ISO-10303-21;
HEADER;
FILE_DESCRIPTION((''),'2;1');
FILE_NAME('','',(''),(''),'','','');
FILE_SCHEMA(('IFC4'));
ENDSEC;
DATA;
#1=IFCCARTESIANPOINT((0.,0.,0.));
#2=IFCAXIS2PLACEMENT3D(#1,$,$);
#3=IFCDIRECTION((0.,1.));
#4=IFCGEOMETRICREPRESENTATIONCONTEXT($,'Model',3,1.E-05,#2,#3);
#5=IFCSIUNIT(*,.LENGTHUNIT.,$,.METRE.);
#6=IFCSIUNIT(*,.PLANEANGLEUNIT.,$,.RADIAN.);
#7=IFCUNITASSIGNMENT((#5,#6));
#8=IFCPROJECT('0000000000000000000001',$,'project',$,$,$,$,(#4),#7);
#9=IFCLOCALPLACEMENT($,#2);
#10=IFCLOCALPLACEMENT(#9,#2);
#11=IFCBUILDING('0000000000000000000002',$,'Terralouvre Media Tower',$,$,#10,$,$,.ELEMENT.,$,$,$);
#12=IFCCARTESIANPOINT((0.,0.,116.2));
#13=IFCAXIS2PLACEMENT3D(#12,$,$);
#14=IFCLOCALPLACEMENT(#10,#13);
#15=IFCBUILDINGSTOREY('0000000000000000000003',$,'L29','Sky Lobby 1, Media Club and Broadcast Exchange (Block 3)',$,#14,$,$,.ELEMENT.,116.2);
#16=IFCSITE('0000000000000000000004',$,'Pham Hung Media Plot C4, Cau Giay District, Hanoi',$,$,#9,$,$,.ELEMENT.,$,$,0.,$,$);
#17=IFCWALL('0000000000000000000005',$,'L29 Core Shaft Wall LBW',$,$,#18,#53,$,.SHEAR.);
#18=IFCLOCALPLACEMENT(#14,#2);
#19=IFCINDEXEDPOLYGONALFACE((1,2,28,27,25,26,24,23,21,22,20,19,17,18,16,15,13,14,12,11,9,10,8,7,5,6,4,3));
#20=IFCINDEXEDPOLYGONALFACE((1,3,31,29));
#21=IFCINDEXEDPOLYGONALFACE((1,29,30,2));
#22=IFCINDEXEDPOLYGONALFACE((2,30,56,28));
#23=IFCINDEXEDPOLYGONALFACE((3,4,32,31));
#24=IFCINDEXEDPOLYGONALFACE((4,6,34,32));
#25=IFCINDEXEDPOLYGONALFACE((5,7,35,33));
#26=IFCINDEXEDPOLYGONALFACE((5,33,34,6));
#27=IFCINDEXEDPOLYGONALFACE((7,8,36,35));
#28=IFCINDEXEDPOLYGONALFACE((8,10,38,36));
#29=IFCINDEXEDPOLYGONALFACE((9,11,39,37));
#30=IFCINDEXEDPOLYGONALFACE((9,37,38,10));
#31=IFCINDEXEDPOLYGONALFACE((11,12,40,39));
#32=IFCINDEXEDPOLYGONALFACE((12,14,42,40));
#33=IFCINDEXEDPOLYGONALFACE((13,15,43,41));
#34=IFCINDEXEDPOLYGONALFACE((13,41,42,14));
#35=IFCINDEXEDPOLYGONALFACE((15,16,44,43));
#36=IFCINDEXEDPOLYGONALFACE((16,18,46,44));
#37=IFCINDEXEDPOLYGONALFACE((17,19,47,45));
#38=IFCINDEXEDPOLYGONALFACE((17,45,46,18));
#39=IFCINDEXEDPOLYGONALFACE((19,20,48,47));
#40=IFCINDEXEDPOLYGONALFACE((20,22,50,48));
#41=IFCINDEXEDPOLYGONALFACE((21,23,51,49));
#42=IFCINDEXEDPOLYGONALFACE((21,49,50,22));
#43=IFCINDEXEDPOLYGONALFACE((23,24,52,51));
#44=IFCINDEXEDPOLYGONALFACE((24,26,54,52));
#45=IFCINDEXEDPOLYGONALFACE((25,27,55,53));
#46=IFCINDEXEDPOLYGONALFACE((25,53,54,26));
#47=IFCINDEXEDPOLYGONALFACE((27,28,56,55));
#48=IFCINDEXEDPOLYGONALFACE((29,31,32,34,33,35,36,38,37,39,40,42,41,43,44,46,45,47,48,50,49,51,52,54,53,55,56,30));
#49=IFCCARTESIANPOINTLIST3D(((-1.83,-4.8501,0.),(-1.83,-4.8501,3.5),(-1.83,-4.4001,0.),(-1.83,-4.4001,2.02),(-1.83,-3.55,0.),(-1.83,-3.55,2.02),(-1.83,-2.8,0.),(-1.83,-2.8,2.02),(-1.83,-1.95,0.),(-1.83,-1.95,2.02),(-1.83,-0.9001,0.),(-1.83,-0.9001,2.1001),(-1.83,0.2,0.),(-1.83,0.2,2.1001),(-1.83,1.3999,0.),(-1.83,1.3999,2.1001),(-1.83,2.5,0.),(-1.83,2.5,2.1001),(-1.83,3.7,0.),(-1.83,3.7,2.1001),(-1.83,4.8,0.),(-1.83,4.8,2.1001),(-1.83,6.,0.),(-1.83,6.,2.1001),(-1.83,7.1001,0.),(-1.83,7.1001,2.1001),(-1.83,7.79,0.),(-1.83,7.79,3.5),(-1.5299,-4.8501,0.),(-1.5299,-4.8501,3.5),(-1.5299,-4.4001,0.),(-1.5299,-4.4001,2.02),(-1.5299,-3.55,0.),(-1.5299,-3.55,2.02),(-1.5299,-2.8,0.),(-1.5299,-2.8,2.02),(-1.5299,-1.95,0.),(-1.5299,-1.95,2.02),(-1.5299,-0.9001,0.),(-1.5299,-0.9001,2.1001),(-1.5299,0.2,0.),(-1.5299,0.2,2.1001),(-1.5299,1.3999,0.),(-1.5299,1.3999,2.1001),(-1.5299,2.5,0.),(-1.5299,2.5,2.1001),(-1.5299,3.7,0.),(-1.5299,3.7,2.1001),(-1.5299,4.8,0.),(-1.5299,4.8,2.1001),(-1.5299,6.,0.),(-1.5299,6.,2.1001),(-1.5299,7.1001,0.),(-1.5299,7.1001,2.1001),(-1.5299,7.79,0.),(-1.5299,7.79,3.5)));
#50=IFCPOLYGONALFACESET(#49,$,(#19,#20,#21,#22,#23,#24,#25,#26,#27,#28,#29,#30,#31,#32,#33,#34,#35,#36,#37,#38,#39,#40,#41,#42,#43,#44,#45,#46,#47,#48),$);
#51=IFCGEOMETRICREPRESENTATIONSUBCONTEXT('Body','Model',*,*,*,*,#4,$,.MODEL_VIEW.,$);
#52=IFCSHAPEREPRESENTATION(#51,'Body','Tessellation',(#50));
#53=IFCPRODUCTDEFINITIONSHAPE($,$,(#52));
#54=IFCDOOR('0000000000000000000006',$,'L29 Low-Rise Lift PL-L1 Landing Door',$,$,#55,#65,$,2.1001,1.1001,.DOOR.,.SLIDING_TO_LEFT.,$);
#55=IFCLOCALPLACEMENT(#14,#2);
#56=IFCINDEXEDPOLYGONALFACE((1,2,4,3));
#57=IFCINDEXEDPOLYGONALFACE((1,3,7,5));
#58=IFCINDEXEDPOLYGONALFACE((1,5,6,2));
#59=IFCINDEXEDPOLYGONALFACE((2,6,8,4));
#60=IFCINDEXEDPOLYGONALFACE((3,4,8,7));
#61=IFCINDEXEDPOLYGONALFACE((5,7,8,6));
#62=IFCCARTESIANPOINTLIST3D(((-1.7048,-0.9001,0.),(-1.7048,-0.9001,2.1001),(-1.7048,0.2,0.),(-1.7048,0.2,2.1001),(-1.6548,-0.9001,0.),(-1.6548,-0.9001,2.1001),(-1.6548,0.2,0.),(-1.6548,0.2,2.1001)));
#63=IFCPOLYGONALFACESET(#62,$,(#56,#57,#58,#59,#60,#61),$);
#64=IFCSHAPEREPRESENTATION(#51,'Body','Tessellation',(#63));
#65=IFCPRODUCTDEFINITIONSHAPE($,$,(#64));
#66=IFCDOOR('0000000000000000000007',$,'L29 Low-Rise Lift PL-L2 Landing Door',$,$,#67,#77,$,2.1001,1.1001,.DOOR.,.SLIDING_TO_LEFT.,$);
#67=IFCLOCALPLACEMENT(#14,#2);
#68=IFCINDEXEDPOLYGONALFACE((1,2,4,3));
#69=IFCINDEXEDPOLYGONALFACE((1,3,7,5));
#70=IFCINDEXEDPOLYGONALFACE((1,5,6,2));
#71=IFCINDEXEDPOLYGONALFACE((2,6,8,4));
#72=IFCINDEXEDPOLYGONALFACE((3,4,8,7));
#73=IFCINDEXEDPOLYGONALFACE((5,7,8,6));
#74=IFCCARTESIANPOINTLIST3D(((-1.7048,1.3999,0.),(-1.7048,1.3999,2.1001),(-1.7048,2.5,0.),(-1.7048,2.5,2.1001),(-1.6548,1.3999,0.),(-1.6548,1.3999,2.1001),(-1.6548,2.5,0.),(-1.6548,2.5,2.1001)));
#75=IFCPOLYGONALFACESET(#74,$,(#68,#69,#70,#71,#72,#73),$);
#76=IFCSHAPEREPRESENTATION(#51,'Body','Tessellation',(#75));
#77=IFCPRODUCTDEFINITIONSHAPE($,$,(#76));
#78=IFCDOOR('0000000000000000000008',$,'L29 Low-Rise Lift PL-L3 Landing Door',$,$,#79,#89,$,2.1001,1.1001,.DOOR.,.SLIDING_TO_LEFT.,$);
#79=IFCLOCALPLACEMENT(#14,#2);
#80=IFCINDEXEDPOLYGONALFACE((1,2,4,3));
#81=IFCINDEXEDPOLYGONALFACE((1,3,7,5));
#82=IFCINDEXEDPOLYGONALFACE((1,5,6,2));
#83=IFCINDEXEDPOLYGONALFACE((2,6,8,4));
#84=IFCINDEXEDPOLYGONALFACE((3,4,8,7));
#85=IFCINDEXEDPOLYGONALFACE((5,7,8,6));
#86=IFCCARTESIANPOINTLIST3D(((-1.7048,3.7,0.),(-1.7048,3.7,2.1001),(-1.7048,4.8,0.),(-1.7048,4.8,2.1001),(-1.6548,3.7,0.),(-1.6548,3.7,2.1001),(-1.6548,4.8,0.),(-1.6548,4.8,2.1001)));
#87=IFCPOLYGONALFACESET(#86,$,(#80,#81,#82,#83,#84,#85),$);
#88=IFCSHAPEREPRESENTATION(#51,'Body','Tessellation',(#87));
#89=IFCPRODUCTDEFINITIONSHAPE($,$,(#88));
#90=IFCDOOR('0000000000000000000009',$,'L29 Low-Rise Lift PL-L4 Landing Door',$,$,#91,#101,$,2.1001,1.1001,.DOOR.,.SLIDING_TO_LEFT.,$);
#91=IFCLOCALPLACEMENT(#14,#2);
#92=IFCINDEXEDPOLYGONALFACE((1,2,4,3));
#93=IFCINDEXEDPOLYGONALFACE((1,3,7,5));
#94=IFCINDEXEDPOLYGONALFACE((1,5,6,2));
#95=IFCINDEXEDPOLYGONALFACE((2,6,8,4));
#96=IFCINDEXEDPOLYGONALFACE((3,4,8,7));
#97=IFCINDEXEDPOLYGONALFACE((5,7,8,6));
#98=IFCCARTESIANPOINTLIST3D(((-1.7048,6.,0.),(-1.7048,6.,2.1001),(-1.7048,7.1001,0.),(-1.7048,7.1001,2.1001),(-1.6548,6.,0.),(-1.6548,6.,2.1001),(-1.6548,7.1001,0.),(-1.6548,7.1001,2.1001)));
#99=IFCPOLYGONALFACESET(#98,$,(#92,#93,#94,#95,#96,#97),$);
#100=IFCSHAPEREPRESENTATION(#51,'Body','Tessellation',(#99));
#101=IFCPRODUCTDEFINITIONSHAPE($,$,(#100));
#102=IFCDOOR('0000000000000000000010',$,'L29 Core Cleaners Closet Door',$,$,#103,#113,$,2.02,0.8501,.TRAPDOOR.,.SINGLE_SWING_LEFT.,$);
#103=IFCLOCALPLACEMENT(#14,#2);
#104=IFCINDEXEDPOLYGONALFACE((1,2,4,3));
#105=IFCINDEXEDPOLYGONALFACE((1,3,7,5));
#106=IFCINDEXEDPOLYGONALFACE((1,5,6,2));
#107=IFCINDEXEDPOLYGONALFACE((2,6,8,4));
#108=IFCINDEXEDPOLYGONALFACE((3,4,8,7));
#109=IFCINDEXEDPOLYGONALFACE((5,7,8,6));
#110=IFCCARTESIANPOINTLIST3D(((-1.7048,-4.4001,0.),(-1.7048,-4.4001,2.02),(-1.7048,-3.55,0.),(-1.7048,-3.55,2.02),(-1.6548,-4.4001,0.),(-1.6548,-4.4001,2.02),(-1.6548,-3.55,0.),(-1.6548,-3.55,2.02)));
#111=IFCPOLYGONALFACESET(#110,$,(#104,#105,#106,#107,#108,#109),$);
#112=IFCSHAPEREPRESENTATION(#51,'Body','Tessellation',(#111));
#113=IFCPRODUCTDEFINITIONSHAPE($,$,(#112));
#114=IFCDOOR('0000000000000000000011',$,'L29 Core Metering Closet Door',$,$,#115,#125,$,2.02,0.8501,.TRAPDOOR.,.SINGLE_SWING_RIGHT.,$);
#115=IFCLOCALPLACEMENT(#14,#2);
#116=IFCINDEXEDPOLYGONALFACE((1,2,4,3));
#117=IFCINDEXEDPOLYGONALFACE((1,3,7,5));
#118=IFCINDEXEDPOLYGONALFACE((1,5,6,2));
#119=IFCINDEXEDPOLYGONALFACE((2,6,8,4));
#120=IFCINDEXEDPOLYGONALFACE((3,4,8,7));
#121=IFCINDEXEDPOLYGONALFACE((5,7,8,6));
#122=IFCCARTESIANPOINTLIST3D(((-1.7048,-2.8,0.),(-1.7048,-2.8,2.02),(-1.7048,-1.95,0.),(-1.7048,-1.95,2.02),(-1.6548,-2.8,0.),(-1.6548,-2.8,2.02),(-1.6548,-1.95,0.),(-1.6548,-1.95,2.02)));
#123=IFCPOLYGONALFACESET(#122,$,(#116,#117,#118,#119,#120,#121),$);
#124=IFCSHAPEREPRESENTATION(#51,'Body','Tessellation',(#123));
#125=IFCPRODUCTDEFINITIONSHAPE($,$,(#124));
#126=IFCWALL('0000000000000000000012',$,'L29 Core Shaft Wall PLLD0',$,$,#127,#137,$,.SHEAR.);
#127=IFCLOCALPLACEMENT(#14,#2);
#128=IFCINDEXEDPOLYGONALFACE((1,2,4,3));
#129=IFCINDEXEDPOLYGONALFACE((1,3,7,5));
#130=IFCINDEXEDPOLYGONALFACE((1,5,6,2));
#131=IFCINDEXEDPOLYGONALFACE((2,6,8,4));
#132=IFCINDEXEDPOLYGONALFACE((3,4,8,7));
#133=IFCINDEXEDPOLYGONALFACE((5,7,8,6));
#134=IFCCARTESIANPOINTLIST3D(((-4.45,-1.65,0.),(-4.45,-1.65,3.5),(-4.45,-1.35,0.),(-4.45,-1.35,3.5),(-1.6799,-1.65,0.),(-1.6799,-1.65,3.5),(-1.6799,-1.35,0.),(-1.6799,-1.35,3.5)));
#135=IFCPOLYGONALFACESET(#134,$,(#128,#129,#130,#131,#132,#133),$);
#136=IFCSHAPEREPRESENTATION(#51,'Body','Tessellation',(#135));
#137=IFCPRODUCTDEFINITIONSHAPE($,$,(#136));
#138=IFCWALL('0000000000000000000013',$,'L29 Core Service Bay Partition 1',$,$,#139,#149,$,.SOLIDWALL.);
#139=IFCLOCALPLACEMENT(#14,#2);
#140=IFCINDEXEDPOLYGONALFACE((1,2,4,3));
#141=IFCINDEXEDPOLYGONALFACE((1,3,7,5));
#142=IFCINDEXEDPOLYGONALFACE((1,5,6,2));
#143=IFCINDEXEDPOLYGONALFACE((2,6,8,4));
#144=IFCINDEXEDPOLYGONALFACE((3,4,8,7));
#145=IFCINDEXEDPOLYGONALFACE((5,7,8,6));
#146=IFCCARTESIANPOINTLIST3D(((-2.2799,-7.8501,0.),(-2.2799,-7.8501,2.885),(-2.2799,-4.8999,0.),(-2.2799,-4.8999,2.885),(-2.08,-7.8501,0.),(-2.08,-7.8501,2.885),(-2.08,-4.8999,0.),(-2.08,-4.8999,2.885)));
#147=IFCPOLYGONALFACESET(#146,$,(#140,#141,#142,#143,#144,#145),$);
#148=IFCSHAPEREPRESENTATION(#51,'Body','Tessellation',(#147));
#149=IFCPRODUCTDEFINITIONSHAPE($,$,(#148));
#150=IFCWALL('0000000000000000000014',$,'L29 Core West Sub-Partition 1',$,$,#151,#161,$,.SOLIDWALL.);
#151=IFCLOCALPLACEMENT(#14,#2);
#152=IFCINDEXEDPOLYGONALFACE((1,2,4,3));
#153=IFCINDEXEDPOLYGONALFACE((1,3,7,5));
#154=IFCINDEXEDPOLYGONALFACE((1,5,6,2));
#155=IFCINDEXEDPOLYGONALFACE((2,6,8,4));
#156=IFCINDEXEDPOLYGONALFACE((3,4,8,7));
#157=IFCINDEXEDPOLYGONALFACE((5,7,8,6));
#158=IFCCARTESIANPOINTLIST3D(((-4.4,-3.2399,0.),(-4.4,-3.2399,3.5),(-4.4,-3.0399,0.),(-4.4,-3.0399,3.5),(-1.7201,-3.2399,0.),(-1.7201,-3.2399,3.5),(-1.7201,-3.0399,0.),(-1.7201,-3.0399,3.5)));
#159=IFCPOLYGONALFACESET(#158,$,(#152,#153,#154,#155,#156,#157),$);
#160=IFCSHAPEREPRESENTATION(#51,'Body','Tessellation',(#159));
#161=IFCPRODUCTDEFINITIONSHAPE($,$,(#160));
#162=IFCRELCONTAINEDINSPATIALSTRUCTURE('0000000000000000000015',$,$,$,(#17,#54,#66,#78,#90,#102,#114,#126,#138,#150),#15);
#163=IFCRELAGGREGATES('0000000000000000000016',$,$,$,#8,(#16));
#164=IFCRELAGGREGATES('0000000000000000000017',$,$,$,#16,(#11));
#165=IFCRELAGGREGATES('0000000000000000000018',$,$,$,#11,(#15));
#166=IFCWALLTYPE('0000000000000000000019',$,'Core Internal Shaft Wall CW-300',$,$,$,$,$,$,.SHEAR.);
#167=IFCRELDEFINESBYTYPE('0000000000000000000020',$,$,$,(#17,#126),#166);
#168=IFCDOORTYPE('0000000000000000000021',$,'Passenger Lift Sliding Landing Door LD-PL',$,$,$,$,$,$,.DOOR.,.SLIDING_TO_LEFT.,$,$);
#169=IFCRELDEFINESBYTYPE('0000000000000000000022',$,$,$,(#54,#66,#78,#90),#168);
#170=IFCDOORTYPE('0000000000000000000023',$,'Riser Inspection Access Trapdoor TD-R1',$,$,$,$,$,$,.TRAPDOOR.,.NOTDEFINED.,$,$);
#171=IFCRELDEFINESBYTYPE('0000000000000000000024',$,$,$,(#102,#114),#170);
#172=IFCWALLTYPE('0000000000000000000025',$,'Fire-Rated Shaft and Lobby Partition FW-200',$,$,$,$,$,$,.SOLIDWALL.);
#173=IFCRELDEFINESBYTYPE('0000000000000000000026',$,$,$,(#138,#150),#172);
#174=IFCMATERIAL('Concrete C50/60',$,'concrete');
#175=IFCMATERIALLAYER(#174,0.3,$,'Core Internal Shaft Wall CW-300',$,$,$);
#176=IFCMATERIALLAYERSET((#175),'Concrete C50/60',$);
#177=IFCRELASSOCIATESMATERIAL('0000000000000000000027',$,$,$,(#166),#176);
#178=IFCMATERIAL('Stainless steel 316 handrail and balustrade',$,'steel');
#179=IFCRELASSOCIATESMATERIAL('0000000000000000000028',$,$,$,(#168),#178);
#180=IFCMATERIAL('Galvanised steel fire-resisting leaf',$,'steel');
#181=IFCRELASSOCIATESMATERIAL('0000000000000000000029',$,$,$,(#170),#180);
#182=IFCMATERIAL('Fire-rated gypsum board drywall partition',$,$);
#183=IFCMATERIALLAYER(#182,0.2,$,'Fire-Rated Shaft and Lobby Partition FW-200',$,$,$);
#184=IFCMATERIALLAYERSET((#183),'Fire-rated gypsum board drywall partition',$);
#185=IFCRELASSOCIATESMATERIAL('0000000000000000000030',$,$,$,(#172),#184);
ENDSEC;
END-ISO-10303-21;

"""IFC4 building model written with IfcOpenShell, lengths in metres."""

from ifc_helpers import new_model, si_unit, direction, frame, frame_2d, origin, place, context, subcontext, project, spatial, rectangle, extrude, material, layer, layer_set, type_object, element, fill, save


model = new_model("IFC4")

# Units and contexts
model_context = context("Model", 3, precision=1e-05, world=origin(), true_north=direction((0.0, 1.0)))
body_context = subcontext(model_context, "Body", "Model", "MODEL_VIEW")
ifc_project = project(units=[si_unit("LENGTHUNIT", "METRE"), si_unit("PLANEANGLEUNIT", "RADIAN")], contexts=[model_context])

# Site, building, storey
site_placement = place(None, origin())
site = spatial("IfcSite", under=ifc_project, at=site_placement, Name="Pham Hung Media Plot C4, Cau Giay District, Hanoi", CompositionType="ELEMENT", RefElevation=0.0)
building_placement = place(site_placement, origin())
building = spatial("IfcBuilding", under=site, at=building_placement, Name="Terralouvre Media Tower", CompositionType="ELEMENT")
storey_placement = place(building_placement, frame((0.0, 0.0, 116.2)))
storey = spatial("IfcBuildingStorey", under=building, at=storey_placement, Name="L29", Description="Sky Lobby 1, Media Club and Broadcast Exchange (Block 3)", CompositionType="ELEMENT", Elevation=116.2)

# Shared definitions
ifc_material_1 = material(Name="Concrete C50/60", Category="concrete")
ifc_layer_1 = layer(ifc_material_1, 0.3, Name="Core Internal Shaft Wall CW-300")
ifc_layer_set_1 = layer_set([ifc_layer_1], Name="Concrete C50/60")
wall_type_1 = type_object("IfcWallType", Name="Core Internal Shaft Wall CW-300", PredefinedType="SHEAR", material=ifc_layer_set_1)

# Wall, openings, doors
wall_1_placement = place(storey_placement, frame((-1.6799, -4.8501, 0.0), z_axis=(0.0, 0.0, 1.0), x_axis=(0.0, 1.0, 0.0)))
wall_1 = element("IfcWall", 1, at=wall_1_placement, inside=storey, type_object=wall_type_1, Name="L29 Core Shaft Wall LBW", PredefinedType="SHEAR", context=body_context, shape_type="SweptSolid", body=[
    extrude(rectangle(XDim=12.6401, YDim=0.3, at=frame_2d((6.3201, 0.0))), origin(), (0.0, 0.0, 1.0), 3.5),
])
opening_1_placement = place(wall_1_placement, frame((3.95, 0.0, 0.0)))
opening_1 = element("IfcOpeningElement", 2, at=opening_1_placement, cuts=wall_1, PredefinedType="OPENING", context=body_context, shape_type="SweptSolid", body=[
    extrude(rectangle(XDim=1.1001, YDim=2.1001, at=frame_2d((0.55, 1.05))), frame((0.0, 0.1599, 0.0), z_axis=(0.0, -1.0, 0.0), x_axis=(1.0, 0.0, 0.0)), (0.0, 0.0, 1.0), 0.3201),
])
opening_2_placement = place(wall_1_placement, frame((6.25, 0.0, 0.0)))
opening_2 = element("IfcOpeningElement", 3, at=opening_2_placement, cuts=wall_1, PredefinedType="OPENING", context=body_context, shape_type="SweptSolid", body=[
    extrude(rectangle(XDim=1.1001, YDim=2.1001, at=frame_2d((0.55, 1.05))), frame((0.0, 0.1599, 0.0), z_axis=(0.0, -1.0, 0.0), x_axis=(1.0, 0.0, 0.0)), (0.0, 0.0, 1.0), 0.3201),
])
opening_3_placement = place(wall_1_placement, frame((8.55, 0.0, 0.0)))
opening_3 = element("IfcOpeningElement", 4, at=opening_3_placement, cuts=wall_1, PredefinedType="OPENING", context=body_context, shape_type="SweptSolid", body=[
    extrude(rectangle(XDim=1.1001, YDim=2.1001, at=frame_2d((0.55, 1.05))), frame((0.0, 0.1599, 0.0), z_axis=(0.0, -1.0, 0.0), x_axis=(1.0, 0.0, 0.0)), (0.0, 0.0, 1.0), 0.3201),
])
opening_4_placement = place(wall_1_placement, frame((10.8501, 0.0, 0.0)))
opening_4 = element("IfcOpeningElement", 5, at=opening_4_placement, cuts=wall_1, PredefinedType="OPENING", context=body_context, shape_type="SweptSolid", body=[
    extrude(rectangle(XDim=1.1001, YDim=2.1001, at=frame_2d((0.55, 1.05))), frame((0.0, 0.1599, 0.0), z_axis=(0.0, -1.0, 0.0), x_axis=(1.0, 0.0, 0.0)), (0.0, 0.0, 1.0), 0.3201),
])
opening_5_placement = place(wall_1_placement, frame((0.45, 0.0, 0.0)))
opening_5 = element("IfcOpeningElement", 6, at=opening_5_placement, cuts=wall_1, PredefinedType="OPENING", context=body_context, shape_type="SweptSolid", body=[
    extrude(rectangle(XDim=0.8501, YDim=2.02, at=frame_2d((0.425, 1.01))), frame((0.0, 0.1599, 0.0), z_axis=(0.0, -1.0, 0.0), x_axis=(1.0, 0.0, 0.0)), (0.0, 0.0, 1.0), 0.3201),
])
opening_6_placement = place(wall_1_placement, frame((2.05, 0.0, 0.0)))
opening_6 = element("IfcOpeningElement", 7, at=opening_6_placement, cuts=wall_1, PredefinedType="OPENING", context=body_context, shape_type="SweptSolid", body=[
    extrude(rectangle(XDim=0.8501, YDim=2.02, at=frame_2d((0.425, 1.01))), frame((0.0, 0.1599, 0.0), z_axis=(0.0, -1.0, 0.0), x_axis=(1.0, 0.0, 0.0)), (0.0, 0.0, 1.0), 0.3201),
])
ifc_material_2 = material(Name="Stainless steel 316 handrail and balustrade", Category="steel")
door_type_1 = type_object("IfcDoorType", Name="Passenger Lift Sliding Landing Door LD-PL", OperationType="SLIDING_TO_LEFT", PredefinedType="DOOR", material=ifc_material_2)
door_1_placement = place(opening_1_placement, origin())
door_1 = element("IfcDoor", 8, at=door_1_placement, inside=storey, type_object=door_type_1, Name="L29 Low-Rise Lift PL-L1 Landing Door", OperationType="SLIDING_TO_LEFT", OverallHeight=2.1001, OverallWidth=1.1001, PredefinedType="DOOR", context=body_context, shape_type="SweptSolid", body=[
    extrude(rectangle(XDim=1.1001, YDim=2.1001, at=frame_2d((0.55, 1.05))), frame((0.0, 0.0249, 0.0), z_axis=(0.0, -1.0, 0.0), x_axis=(1.0, 0.0, 0.0)), (0.0, 0.0, 1.0), 0.05),
])
fill(opening_1, door_1)
door_2_placement = place(opening_2_placement, origin())
door_2 = element("IfcDoor", 9, at=door_2_placement, inside=storey, type_object=door_type_1, Name="L29 Low-Rise Lift PL-L2 Landing Door", OperationType="SLIDING_TO_LEFT", OverallHeight=2.1001, OverallWidth=1.1001, PredefinedType="DOOR", context=body_context, shape_type="SweptSolid", body=[
    extrude(rectangle(XDim=1.1001, YDim=2.1001, at=frame_2d((0.55, 1.05))), frame((0.0, 0.0249, 0.0), z_axis=(0.0, -1.0, 0.0), x_axis=(1.0, 0.0, 0.0)), (0.0, 0.0, 1.0), 0.05),
])
fill(opening_2, door_2)
door_3_placement = place(opening_3_placement, origin())
door_3 = element("IfcDoor", 10, at=door_3_placement, inside=storey, type_object=door_type_1, Name="L29 Low-Rise Lift PL-L3 Landing Door", OperationType="SLIDING_TO_LEFT", OverallHeight=2.1001, OverallWidth=1.1001, PredefinedType="DOOR", context=body_context, shape_type="SweptSolid", body=[
    extrude(rectangle(XDim=1.1001, YDim=2.1001, at=frame_2d((0.55, 1.05))), frame((0.0, 0.0249, 0.0), z_axis=(0.0, -1.0, 0.0), x_axis=(1.0, 0.0, 0.0)), (0.0, 0.0, 1.0), 0.05),
])
fill(opening_3, door_3)
door_4_placement = place(opening_4_placement, origin())
door_4 = element("IfcDoor", 11, at=door_4_placement, inside=storey, type_object=door_type_1, Name="L29 Low-Rise Lift PL-L4 Landing Door", OperationType="SLIDING_TO_LEFT", OverallHeight=2.1001, OverallWidth=1.1001, PredefinedType="DOOR", context=body_context, shape_type="SweptSolid", body=[
    extrude(rectangle(XDim=1.1001, YDim=2.1001, at=frame_2d((0.55, 1.05))), frame((0.0, 0.0249, 0.0), z_axis=(0.0, -1.0, 0.0), x_axis=(1.0, 0.0, 0.0)), (0.0, 0.0, 1.0), 0.05),
])
fill(opening_4, door_4)
ifc_material_3 = material(Name="Galvanised steel fire-resisting leaf", Category="steel")
door_type_2 = type_object("IfcDoorType", Name="Riser Inspection Access Trapdoor TD-R1", OperationType="NOTDEFINED", PredefinedType="TRAPDOOR", material=ifc_material_3)
door_5_placement = place(opening_5_placement, origin())
door_5 = element("IfcDoor", 12, at=door_5_placement, inside=storey, type_object=door_type_2, Name="L29 Core Cleaners Closet Door", OperationType="SINGLE_SWING_LEFT", OverallHeight=2.02, OverallWidth=0.8501, PredefinedType="TRAPDOOR", context=body_context, shape_type="SweptSolid", body=[
    extrude(rectangle(XDim=0.8501, YDim=2.02, at=frame_2d((0.425, 1.01))), frame((0.0, 0.0249, 0.0), z_axis=(0.0, -1.0, 0.0), x_axis=(1.0, 0.0, 0.0)), (0.0, 0.0, 1.0), 0.05),
])
fill(opening_5, door_5)
door_6_placement = place(opening_6_placement, origin())
door_6 = element("IfcDoor", 13, at=door_6_placement, inside=storey, type_object=door_type_2, Name="L29 Core Metering Closet Door", OperationType="SINGLE_SWING_RIGHT", OverallHeight=2.02, OverallWidth=0.8501, PredefinedType="TRAPDOOR", context=body_context, shape_type="SweptSolid", body=[
    extrude(rectangle(XDim=0.8501, YDim=2.02, at=frame_2d((0.425, 1.01))), frame((0.0, 0.0249, 0.0), z_axis=(0.0, -1.0, 0.0), x_axis=(1.0, 0.0, 0.0)), (0.0, 0.0, 1.0), 0.05),
])
fill(opening_6, door_6)

# Walls
wall_2_placement = place(storey_placement, frame((-4.45, -1.5, 0.0), z_axis=(0.0, 0.0, 1.0), x_axis=(1.0, 0.0, 0.0)))
element("IfcWall", 14, at=wall_2_placement, inside=storey, type_object=wall_type_1, Name="L29 Core Shaft Wall PLLD0", PredefinedType="SHEAR", context=body_context, shape_type="SweptSolid", body=[
    extrude(rectangle(XDim=2.77, YDim=0.3, at=frame_2d((1.385, 0.0))), origin(), (0.0, 0.0, 1.0), 3.5),
])
ifc_material_4 = material(Name="Fire-rated gypsum board drywall partition")
ifc_layer_2 = layer(ifc_material_4, 0.2, Name="Fire-Rated Shaft and Lobby Partition FW-200")
ifc_layer_set_2 = layer_set([ifc_layer_2], Name="Fire-rated gypsum board drywall partition")
wall_type_2 = type_object("IfcWallType", Name="Fire-Rated Shaft and Lobby Partition FW-200", PredefinedType="SOLIDWALL", material=ifc_layer_set_2)
wall_3_placement = place(storey_placement, frame((-2.1799, -7.8501, 0.0), z_axis=(0.0, 0.0, 1.0), x_axis=(0.0, 1.0, 0.0)))
element("IfcWall", 15, at=wall_3_placement, inside=storey, type_object=wall_type_2, Name="L29 Core Service Bay Partition 1", PredefinedType="SOLIDWALL", context=body_context, shape_type="SweptSolid", body=[
    extrude(rectangle(XDim=2.9502, YDim=0.2, at=frame_2d((1.4751, 0.0))), origin(), (0.0, 0.0, 1.0), 2.885),
])
wall_4_placement = place(storey_placement, frame((-4.3999, -3.1399, 0.0), z_axis=(0.0, 0.0, 1.0), x_axis=(1.0, 0.0, 0.0)))
element("IfcWall", 16, at=wall_4_placement, inside=storey, type_object=wall_type_2, Name="L29 Core West Sub-Partition 1", PredefinedType="SOLIDWALL", context=body_context, shape_type="SweptSolid", body=[
    extrude(rectangle(XDim=2.6799, YDim=0.2, at=frame_2d((1.3398, 0.0))), origin(), (0.0, 0.0, 1.0), 3.5),
])

save(model, "model.ifc")
